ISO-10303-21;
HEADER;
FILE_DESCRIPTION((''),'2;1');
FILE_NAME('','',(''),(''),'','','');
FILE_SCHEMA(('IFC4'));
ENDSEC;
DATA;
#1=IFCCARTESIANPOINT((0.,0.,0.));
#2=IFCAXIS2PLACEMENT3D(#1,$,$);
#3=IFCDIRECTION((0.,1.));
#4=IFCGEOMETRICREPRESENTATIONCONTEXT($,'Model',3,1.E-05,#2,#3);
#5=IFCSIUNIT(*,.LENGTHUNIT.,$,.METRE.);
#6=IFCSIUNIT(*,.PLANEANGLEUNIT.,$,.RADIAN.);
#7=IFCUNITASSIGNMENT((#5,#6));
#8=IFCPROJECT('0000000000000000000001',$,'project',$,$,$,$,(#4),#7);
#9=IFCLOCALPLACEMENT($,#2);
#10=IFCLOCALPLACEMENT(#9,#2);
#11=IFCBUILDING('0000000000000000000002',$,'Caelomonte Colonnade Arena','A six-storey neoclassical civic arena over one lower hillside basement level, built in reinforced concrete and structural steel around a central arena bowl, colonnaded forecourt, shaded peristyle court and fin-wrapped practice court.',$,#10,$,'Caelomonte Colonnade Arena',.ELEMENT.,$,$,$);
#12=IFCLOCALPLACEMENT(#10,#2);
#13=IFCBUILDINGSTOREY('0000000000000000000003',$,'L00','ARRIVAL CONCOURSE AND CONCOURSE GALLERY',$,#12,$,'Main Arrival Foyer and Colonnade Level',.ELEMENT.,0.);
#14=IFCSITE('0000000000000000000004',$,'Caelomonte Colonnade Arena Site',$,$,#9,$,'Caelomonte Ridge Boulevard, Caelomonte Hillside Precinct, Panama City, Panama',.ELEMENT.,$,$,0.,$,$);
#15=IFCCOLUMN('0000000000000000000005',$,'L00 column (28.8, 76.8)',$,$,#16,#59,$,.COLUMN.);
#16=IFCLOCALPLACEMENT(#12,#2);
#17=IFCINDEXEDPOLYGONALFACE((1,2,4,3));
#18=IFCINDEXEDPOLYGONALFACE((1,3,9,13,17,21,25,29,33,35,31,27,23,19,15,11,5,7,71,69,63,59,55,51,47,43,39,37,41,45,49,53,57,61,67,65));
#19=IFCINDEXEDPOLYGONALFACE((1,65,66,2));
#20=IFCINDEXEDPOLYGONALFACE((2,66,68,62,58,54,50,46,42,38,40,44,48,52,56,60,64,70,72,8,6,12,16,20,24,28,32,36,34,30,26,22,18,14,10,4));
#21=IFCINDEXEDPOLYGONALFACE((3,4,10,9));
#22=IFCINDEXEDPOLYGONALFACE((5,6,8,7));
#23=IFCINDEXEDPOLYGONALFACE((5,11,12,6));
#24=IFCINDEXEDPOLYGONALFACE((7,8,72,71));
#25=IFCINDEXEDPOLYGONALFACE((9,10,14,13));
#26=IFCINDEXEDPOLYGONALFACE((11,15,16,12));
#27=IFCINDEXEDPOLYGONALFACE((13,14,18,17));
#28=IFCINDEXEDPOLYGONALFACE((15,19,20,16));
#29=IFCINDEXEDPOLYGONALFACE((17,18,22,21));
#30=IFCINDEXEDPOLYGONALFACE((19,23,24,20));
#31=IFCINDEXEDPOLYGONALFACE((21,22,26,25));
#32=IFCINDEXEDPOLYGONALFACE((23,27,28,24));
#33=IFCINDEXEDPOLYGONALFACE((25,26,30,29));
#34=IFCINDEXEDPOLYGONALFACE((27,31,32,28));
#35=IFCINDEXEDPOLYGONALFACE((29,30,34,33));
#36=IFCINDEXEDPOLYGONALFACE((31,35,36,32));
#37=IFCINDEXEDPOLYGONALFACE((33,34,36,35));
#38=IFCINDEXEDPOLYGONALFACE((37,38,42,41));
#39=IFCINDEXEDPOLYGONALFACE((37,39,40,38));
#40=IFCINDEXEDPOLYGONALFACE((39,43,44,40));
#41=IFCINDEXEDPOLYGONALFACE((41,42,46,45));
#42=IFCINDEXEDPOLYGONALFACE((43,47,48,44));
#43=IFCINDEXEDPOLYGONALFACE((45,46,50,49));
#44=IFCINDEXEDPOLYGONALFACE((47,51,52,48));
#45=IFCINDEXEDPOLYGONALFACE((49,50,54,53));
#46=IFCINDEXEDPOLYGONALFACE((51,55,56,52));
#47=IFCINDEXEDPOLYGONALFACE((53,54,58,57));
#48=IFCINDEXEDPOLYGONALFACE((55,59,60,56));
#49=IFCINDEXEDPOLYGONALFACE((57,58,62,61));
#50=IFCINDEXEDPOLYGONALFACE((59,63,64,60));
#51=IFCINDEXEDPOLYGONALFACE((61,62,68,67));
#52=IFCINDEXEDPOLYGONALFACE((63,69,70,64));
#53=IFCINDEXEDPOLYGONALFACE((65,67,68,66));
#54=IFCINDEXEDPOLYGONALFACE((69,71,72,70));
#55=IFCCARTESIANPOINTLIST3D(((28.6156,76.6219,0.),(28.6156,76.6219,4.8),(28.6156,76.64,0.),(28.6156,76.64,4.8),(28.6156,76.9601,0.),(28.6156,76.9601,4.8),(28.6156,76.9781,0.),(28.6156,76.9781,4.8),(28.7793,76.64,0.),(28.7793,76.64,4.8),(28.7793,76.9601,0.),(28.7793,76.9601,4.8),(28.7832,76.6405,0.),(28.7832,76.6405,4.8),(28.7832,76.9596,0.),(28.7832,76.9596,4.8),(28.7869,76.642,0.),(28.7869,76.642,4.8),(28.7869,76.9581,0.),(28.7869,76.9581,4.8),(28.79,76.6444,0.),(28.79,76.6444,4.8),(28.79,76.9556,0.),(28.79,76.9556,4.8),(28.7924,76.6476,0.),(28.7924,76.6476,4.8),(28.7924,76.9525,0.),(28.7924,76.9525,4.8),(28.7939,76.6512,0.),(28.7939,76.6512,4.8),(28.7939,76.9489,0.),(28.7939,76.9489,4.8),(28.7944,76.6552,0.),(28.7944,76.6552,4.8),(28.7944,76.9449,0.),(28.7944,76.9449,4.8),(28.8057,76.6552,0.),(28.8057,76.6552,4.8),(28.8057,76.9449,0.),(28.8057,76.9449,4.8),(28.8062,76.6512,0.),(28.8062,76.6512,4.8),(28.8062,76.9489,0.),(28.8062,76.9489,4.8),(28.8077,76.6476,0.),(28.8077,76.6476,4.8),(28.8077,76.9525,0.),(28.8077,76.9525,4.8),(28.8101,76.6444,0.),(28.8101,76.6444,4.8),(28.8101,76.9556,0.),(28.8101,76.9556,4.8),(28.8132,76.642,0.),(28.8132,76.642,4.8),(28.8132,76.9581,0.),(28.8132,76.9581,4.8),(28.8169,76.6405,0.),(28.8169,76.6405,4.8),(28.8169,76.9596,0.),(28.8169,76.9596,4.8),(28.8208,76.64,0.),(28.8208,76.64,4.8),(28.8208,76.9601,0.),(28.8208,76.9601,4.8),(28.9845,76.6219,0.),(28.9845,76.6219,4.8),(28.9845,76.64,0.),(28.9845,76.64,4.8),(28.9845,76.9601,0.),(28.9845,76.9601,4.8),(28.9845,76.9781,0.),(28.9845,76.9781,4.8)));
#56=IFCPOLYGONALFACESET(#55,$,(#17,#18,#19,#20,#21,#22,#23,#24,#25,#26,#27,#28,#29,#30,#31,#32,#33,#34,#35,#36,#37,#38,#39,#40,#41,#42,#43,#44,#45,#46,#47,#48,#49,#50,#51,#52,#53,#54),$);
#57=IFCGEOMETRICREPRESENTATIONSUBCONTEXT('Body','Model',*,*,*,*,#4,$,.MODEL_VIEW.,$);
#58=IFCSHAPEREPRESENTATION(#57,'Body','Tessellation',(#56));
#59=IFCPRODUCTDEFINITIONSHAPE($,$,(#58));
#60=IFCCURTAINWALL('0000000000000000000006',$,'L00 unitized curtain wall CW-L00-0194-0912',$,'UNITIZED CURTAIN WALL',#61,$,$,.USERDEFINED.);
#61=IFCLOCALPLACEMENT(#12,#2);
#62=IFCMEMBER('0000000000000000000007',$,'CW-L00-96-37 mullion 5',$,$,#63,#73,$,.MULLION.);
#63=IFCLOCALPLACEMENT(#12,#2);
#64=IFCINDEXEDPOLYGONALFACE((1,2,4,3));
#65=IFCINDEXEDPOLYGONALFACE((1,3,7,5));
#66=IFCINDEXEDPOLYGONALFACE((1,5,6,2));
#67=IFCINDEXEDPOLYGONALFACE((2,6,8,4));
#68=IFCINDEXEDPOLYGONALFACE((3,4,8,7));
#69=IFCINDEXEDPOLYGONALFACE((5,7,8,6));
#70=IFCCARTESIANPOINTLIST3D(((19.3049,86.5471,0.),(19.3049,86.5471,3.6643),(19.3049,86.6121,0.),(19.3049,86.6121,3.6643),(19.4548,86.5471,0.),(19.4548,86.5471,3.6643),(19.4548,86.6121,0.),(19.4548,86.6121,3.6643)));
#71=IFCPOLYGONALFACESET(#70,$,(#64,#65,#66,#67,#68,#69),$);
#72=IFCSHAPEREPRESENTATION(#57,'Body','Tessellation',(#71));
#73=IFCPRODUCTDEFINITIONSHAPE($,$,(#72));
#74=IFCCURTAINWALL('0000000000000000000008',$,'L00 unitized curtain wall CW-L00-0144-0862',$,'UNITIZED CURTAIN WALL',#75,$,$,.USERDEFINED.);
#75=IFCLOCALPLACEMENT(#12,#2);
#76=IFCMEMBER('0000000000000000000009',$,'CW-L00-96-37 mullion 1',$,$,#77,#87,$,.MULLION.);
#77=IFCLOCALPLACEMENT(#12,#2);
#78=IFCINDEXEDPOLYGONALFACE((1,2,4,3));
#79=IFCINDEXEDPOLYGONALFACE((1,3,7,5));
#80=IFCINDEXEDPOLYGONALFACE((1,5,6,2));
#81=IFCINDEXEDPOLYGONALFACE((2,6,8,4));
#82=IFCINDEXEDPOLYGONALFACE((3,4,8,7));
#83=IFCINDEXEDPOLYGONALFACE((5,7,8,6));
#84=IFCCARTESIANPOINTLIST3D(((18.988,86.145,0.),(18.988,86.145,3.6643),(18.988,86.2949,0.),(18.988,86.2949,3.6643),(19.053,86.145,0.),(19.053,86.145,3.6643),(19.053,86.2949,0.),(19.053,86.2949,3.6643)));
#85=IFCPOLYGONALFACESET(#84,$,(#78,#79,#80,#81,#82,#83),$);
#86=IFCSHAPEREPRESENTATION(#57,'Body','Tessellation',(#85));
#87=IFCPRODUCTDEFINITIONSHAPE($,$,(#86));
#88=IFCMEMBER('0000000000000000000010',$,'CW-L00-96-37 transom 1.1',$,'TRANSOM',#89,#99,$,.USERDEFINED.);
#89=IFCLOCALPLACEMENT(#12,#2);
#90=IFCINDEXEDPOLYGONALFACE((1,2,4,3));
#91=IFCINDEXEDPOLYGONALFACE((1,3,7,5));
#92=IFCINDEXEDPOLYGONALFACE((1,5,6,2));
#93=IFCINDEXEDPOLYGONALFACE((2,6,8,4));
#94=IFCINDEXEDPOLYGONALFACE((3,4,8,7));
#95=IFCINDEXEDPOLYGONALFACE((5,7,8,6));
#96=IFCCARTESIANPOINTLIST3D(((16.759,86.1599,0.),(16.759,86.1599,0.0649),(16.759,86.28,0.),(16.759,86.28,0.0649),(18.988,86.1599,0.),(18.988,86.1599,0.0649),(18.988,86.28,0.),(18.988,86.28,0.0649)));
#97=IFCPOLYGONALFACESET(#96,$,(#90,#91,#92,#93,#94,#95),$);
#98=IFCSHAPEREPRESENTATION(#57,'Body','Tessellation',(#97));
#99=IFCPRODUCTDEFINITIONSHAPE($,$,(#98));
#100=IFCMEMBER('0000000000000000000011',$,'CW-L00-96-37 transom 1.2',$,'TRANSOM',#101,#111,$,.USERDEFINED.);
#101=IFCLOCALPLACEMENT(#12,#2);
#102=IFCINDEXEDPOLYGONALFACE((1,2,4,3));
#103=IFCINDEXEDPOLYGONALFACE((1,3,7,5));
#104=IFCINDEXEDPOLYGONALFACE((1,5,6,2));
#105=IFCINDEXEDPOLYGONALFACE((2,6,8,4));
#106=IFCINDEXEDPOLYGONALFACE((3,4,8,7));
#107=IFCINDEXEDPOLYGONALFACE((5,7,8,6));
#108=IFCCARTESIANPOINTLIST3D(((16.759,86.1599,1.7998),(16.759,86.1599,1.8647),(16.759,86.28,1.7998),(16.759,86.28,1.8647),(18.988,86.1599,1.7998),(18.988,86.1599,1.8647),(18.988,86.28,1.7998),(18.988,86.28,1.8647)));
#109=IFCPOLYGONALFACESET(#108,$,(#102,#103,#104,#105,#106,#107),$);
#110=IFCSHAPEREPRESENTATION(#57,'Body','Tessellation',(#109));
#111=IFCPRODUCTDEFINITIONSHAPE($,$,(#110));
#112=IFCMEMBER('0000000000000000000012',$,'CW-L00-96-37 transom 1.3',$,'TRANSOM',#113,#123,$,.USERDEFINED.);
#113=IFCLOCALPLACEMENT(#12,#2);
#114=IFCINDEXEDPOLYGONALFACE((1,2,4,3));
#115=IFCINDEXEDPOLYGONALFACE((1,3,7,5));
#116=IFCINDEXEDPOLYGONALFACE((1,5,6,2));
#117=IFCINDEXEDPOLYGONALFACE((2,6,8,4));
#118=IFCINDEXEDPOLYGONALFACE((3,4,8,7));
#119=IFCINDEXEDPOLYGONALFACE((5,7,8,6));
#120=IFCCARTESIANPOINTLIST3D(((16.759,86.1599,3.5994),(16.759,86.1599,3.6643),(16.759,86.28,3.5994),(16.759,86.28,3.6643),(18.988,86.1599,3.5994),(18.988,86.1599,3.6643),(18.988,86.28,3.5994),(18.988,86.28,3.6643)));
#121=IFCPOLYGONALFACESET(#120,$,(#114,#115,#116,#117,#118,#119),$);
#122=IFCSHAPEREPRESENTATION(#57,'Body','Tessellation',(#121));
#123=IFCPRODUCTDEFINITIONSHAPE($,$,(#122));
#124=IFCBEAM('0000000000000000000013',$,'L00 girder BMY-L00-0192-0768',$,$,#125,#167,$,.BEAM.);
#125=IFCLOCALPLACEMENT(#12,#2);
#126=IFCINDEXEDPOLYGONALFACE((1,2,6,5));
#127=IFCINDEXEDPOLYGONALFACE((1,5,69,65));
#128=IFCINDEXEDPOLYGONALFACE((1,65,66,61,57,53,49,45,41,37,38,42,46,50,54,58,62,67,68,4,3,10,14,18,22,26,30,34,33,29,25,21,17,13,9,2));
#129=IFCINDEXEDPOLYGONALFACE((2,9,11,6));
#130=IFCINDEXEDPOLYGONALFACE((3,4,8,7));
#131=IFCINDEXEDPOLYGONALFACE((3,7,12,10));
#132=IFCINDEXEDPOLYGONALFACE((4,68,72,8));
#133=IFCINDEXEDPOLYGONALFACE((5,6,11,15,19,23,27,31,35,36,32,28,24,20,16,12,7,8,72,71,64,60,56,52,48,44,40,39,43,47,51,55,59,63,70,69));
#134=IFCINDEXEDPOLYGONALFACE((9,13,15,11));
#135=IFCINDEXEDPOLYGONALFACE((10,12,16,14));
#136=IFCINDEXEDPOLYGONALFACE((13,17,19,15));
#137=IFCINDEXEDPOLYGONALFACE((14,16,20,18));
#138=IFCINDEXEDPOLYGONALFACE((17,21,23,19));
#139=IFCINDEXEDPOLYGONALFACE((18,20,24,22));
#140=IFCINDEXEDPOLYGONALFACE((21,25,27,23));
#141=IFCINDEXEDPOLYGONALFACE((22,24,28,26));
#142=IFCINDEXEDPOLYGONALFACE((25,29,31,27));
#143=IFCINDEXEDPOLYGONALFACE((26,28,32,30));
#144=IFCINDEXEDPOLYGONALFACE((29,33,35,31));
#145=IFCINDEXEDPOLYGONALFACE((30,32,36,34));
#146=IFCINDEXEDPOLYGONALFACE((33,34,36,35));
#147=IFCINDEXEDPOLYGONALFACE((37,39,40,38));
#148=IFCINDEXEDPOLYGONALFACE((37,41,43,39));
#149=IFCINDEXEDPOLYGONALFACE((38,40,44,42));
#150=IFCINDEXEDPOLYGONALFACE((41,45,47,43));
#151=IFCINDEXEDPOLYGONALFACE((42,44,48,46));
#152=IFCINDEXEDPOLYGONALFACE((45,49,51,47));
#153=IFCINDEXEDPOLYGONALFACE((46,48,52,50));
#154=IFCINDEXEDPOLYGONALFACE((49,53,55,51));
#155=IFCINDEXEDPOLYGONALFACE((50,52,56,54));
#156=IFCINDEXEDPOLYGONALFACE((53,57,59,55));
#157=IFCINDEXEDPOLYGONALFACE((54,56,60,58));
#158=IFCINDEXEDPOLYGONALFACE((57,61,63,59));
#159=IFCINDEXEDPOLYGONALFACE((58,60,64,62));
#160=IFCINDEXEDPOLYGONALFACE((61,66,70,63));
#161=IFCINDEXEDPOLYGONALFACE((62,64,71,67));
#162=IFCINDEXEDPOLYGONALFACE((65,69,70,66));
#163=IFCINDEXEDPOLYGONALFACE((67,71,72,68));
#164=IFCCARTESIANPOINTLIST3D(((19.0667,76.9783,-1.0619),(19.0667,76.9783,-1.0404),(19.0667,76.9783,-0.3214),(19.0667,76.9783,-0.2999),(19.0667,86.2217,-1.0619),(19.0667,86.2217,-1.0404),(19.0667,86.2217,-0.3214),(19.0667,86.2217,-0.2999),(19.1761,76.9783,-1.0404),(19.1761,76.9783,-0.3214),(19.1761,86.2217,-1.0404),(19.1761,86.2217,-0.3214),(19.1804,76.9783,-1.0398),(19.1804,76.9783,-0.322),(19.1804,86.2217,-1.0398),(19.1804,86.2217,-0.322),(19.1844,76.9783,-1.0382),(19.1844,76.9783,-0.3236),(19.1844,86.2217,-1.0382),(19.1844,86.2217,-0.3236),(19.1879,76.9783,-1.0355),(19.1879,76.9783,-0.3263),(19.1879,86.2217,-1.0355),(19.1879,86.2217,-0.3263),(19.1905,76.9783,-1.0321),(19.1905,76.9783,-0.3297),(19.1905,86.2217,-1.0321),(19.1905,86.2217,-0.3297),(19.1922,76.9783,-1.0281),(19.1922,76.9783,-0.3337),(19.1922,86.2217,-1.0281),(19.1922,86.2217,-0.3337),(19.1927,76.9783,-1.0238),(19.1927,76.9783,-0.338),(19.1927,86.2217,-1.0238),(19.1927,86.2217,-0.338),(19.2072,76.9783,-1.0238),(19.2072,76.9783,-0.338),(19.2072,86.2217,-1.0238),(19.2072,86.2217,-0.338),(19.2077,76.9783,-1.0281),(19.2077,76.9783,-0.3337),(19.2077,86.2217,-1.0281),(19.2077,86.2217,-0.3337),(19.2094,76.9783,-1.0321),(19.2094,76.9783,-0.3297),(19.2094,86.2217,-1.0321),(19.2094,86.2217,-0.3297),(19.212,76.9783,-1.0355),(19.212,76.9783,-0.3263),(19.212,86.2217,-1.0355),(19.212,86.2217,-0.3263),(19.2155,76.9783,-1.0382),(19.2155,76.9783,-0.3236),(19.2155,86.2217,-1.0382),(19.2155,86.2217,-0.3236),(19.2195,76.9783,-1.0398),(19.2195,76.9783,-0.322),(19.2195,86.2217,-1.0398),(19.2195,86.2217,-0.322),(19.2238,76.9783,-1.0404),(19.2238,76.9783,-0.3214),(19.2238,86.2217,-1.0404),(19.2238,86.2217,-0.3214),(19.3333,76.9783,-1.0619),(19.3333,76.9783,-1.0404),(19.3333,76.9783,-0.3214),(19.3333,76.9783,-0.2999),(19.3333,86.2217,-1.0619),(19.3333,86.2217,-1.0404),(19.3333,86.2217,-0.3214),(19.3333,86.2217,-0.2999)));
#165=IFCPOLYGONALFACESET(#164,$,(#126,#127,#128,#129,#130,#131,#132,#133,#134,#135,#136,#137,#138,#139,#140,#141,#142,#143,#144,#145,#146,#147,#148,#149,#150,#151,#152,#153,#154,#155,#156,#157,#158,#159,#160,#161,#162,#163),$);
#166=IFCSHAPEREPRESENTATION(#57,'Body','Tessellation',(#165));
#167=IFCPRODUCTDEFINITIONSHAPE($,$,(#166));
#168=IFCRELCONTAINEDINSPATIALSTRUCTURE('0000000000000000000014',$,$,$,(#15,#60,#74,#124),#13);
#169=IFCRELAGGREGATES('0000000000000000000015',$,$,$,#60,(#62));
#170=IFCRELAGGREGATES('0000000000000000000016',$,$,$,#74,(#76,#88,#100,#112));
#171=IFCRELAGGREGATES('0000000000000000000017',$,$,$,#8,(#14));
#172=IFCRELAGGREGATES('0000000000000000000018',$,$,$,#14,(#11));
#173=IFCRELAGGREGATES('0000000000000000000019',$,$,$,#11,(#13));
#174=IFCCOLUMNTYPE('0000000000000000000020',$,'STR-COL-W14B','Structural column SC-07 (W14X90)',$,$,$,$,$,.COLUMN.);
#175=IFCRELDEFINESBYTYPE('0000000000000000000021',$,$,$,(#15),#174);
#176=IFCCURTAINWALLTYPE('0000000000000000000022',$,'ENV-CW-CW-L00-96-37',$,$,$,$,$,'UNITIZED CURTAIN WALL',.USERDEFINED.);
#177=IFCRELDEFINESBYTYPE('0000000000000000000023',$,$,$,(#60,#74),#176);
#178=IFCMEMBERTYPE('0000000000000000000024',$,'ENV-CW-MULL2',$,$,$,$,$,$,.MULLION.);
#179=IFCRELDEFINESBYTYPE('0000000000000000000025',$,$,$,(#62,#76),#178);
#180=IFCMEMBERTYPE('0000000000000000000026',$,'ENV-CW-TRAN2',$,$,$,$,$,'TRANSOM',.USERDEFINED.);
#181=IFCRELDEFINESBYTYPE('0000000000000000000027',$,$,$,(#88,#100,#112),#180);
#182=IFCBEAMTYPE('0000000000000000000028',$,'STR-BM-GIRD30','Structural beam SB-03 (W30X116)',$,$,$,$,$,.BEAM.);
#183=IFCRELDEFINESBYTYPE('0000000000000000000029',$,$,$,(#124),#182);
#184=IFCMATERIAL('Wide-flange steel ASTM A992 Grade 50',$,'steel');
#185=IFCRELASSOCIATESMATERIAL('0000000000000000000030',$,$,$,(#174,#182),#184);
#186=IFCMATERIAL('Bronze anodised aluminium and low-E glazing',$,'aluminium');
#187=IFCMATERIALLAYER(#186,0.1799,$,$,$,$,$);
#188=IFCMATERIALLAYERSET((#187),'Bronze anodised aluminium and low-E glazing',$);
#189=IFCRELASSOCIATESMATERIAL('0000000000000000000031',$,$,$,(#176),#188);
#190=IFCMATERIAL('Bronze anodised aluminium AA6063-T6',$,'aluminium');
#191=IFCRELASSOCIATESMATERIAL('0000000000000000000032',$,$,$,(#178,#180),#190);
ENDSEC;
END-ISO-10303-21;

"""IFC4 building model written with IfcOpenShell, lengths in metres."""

from ifc_helpers import new_model, si_unit, direction, frame, origin, origin_2d, place, context, subcontext, project, spatial, rectangle, i_section, extrude, material, layer, layer_set, material_profile, profile_set, type_object, element, aggregate, save


model = new_model("IFC4")

# Units and contexts
model_context = context("Model", 3, precision=1e-05, world=origin(), true_north=direction((0.0, 1.0)))
body_context = subcontext(model_context, "Body", "Model", "MODEL_VIEW")
ifc_project = project(units=[si_unit("LENGTHUNIT", "METRE"), si_unit("PLANEANGLEUNIT", "RADIAN")], contexts=[model_context])

# Site, building, storey
site_placement = place(None, origin())
site = spatial("IfcSite", under=ifc_project, at=site_placement, Name="Caelomonte Colonnade Arena Site", LongName="Caelomonte Ridge Boulevard, Caelomonte Hillside Precinct, Panama City, Panama", CompositionType="ELEMENT", RefElevation=0.0)
building_placement = place(site_placement, origin())
building = spatial("IfcBuilding", under=site, at=building_placement, Name="Caelomonte Colonnade Arena", Description="A six-storey neoclassical civic arena over one lower hillside basement level, built in reinforced concrete and structural steel around a central arena bowl, colonnaded forecourt, shaded peristyle court and fin-wrapped practice court.", LongName="Caelomonte Colonnade Arena", CompositionType="ELEMENT")
storey_placement = place(building_placement, origin())
storey = spatial("IfcBuildingStorey", under=building, at=storey_placement, Name="L00", Description="ARRIVAL CONCOURSE AND CONCOURSE GALLERY", LongName="Main Arrival Foyer and Colonnade Level", CompositionType="ELEMENT", Elevation=0.0)

# Column
ifc_material_1 = material(Name="Wide-flange steel ASTM A992 Grade 50", Category="steel")
ifc_material_profile_1 = material_profile(ifc_material_1, i_section(OverallWidth=0.3689, OverallDepth=0.3562, WebThickness=0.0112, FlangeThickness=0.0181, FilletRadius=0.0151, at=origin_2d()), Name="W14X90")
ifc_profile_set_1 = profile_set([ifc_material_profile_1], Name="Wide-flange steel ASTM A992 Grade 50")
column_type_1 = type_object("IfcColumnType", Name="STR-COL-W14B", Description="Structural column SC-07 (W14X90)", PredefinedType="COLUMN", material=ifc_profile_set_1)
for number, where, z_axis, x_axis, name in (
    (1, (28.8, 76.8, 0.0), (0.0, 0.0, 1.0), (1.0, 0.0, 0.0), "L00 column (28.8, 76.8)"),
):
    element("IfcColumn", number, at=place(storey_placement, frame(where, z_axis=z_axis, x_axis=x_axis)), inside=storey, type_object=column_type_1, Name=name, PredefinedType="COLUMN", context=body_context, shape_type="SweptSolid", body=[
        extrude(i_section(OverallWidth=0.3689, OverallDepth=0.3562, WebThickness=0.0112, FlangeThickness=0.0181, FilletRadius=0.0151, at=origin_2d()), origin(), (0.0, 0.0, 1.0), 4.8),
    ])

# Curtain wall, member
ifc_material_2 = material(Name="Bronze anodised aluminium and low-E glazing", Category="aluminium")
ifc_layer_1 = layer(ifc_material_2, 0.1799)
ifc_layer_set_1 = layer_set([ifc_layer_1], Name="Bronze anodised aluminium and low-E glazing")
curtain_wall_type = type_object("IfcCurtainWallType", Name="ENV-CW-CW-L00-96-37", ElementType="UNITIZED CURTAIN WALL", PredefinedType="USERDEFINED", material=ifc_layer_set_1)
curtain_wall_1_placement = place(storey_placement, origin())
curtain_wall_1 = element("IfcCurtainWall", 2, at=curtain_wall_1_placement, inside=storey, type_object=curtain_wall_type, Name="L00 unitized curtain wall CW-L00-0194-0912", ObjectType="UNITIZED CURTAIN WALL", PredefinedType="USERDEFINED")
ifc_material_3 = material(Name="Bronze anodised aluminium AA6063-T6", Category="aluminium")
ifc_material_profile_2 = material_profile(ifc_material_3, rectangle(XDim=0.0649, YDim=0.1499, at=origin_2d()), Name="CWM-65X150")
ifc_profile_set_2 = profile_set([ifc_material_profile_2], Name="Bronze anodised aluminium AA6063-T6")
member_type_1 = type_object("IfcMemberType", Name="ENV-CW-MULL2", PredefinedType="MULLION", material=ifc_profile_set_2)
member_1_placement = place(storey_placement, frame((19.3799, 86.5796, 0.0), z_axis=(0.0, 0.0, 1.0), x_axis=(0.0, -1.0, 0.0)))
member_1 = element("IfcMember", 3, at=member_1_placement, type_object=member_type_1, Name="CW-L00-96-37 mullion 5", PredefinedType="MULLION", context=body_context, shape_type="SweptSolid", body=[
    extrude(rectangle(XDim=0.0649, YDim=0.1499, at=origin_2d()), origin(), (0.0, 0.0, 1.0), 3.6643),
])
aggregate(curtain_wall_1, [member_1])

# Curtain wall, members
curtain_wall_2_placement = place(storey_placement, origin())
curtain_wall_2 = element("IfcCurtainWall", 4, at=curtain_wall_2_placement, inside=storey, type_object=curtain_wall_type, Name="L00 unitized curtain wall CW-L00-0144-0862", ObjectType="UNITIZED CURTAIN WALL", PredefinedType="USERDEFINED")
member_2_placement = place(storey_placement, frame((19.0205, 86.22, 0.0), z_axis=(0.0, 0.0, 1.0), x_axis=(-1.0, 0.0, 0.0)))
member_2 = element("IfcMember", 5, at=member_2_placement, type_object=member_type_1, Name="CW-L00-96-37 mullion 1", PredefinedType="MULLION", context=body_context, shape_type="SweptSolid", body=[
    extrude(rectangle(XDim=0.0649, YDim=0.1499, at=origin_2d()), origin(), (0.0, 0.0, 1.0), 3.6643),
])
ifc_material_profile_3 = material_profile(ifc_material_3, rectangle(XDim=0.0649, YDim=0.1201, at=origin_2d()), Name="CWT-65X120")
ifc_profile_set_3 = profile_set([ifc_material_profile_3], Name="Bronze anodised aluminium AA6063-T6")
member_type_2 = type_object("IfcMemberType", Name="ENV-CW-TRAN2", ElementType="TRANSOM", PredefinedType="USERDEFINED", material=ifc_profile_set_3)
member_3_placement = place(storey_placement, frame((18.988, 86.22, 0.0325), z_axis=(-1.0, 0.0, 0.0), x_axis=(0.0, 0.0, 1.0)))
member_3 = element("IfcMember", 6, at=member_3_placement, type_object=member_type_2, Name="CW-L00-96-37 transom 1.1", ObjectType="TRANSOM", PredefinedType="USERDEFINED", context=body_context, shape_type="SweptSolid", body=[
    extrude(rectangle(XDim=0.0649, YDim=0.1201, at=origin_2d()), origin(), (0.0, 0.0, 1.0), 2.229),
])
member_4_placement = place(storey_placement, frame((18.988, 86.22, 1.8323), z_axis=(-1.0, 0.0, 0.0), x_axis=(0.0, 0.0, 1.0)))
member_4 = element("IfcMember", 7, at=member_4_placement, type_object=member_type_2, Name="CW-L00-96-37 transom 1.2", ObjectType="TRANSOM", PredefinedType="USERDEFINED", context=body_context, shape_type="SweptSolid", body=[
    extrude(rectangle(XDim=0.0649, YDim=0.1201, at=origin_2d()), origin(), (0.0, 0.0, 1.0), 2.229),
])
member_5_placement = place(storey_placement, frame((18.988, 86.22, 3.6318), z_axis=(-1.0, 0.0, 0.0), x_axis=(0.0, 0.0, 1.0)))
member_5 = element("IfcMember", 8, at=member_5_placement, type_object=member_type_2, Name="CW-L00-96-37 transom 1.3", ObjectType="TRANSOM", PredefinedType="USERDEFINED", context=body_context, shape_type="SweptSolid", body=[
    extrude(rectangle(XDim=0.0649, YDim=0.1201, at=origin_2d()), origin(), (0.0, 0.0, 1.0), 2.229),
])
aggregate(curtain_wall_2, [member_2, member_3, member_4, member_5])

# Beam
ifc_material_profile_4 = material_profile(ifc_material_1, i_section(OverallWidth=0.2666, OverallDepth=0.762, WebThickness=0.0144, FlangeThickness=0.0215, FilletRadius=0.0166, at=origin_2d()), Name="W30X116")
ifc_profile_set_4 = profile_set([ifc_material_profile_4], Name="Wide-flange steel ASTM A992 Grade 50")
beam_type_1 = type_object("IfcBeamType", Name="STR-BM-GIRD30", Description="Structural beam SB-03 (W30X116)", PredefinedType="BEAM", material=ifc_profile_set_4)
beam_1_placement = place(storey_placement, frame((19.2, 76.9783, -0.6809), z_axis=(0.0, 1.0, 0.0), x_axis=(-1.0, 0.0, 0.0)))
element("IfcBeam", 9, at=beam_1_placement, inside=storey, type_object=beam_type_1, Name="L00 girder BMY-L00-0192-0768", PredefinedType="BEAM", context=body_context, shape_type="SweptSolid", body=[
    extrude(i_section(OverallWidth=0.2666, OverallDepth=0.762, WebThickness=0.0144, FlangeThickness=0.0215, FilletRadius=0.0166, at=origin_2d()), origin(), (0.0, 0.0, 1.0), 9.2434),
])

save(model, "model.ifc")
